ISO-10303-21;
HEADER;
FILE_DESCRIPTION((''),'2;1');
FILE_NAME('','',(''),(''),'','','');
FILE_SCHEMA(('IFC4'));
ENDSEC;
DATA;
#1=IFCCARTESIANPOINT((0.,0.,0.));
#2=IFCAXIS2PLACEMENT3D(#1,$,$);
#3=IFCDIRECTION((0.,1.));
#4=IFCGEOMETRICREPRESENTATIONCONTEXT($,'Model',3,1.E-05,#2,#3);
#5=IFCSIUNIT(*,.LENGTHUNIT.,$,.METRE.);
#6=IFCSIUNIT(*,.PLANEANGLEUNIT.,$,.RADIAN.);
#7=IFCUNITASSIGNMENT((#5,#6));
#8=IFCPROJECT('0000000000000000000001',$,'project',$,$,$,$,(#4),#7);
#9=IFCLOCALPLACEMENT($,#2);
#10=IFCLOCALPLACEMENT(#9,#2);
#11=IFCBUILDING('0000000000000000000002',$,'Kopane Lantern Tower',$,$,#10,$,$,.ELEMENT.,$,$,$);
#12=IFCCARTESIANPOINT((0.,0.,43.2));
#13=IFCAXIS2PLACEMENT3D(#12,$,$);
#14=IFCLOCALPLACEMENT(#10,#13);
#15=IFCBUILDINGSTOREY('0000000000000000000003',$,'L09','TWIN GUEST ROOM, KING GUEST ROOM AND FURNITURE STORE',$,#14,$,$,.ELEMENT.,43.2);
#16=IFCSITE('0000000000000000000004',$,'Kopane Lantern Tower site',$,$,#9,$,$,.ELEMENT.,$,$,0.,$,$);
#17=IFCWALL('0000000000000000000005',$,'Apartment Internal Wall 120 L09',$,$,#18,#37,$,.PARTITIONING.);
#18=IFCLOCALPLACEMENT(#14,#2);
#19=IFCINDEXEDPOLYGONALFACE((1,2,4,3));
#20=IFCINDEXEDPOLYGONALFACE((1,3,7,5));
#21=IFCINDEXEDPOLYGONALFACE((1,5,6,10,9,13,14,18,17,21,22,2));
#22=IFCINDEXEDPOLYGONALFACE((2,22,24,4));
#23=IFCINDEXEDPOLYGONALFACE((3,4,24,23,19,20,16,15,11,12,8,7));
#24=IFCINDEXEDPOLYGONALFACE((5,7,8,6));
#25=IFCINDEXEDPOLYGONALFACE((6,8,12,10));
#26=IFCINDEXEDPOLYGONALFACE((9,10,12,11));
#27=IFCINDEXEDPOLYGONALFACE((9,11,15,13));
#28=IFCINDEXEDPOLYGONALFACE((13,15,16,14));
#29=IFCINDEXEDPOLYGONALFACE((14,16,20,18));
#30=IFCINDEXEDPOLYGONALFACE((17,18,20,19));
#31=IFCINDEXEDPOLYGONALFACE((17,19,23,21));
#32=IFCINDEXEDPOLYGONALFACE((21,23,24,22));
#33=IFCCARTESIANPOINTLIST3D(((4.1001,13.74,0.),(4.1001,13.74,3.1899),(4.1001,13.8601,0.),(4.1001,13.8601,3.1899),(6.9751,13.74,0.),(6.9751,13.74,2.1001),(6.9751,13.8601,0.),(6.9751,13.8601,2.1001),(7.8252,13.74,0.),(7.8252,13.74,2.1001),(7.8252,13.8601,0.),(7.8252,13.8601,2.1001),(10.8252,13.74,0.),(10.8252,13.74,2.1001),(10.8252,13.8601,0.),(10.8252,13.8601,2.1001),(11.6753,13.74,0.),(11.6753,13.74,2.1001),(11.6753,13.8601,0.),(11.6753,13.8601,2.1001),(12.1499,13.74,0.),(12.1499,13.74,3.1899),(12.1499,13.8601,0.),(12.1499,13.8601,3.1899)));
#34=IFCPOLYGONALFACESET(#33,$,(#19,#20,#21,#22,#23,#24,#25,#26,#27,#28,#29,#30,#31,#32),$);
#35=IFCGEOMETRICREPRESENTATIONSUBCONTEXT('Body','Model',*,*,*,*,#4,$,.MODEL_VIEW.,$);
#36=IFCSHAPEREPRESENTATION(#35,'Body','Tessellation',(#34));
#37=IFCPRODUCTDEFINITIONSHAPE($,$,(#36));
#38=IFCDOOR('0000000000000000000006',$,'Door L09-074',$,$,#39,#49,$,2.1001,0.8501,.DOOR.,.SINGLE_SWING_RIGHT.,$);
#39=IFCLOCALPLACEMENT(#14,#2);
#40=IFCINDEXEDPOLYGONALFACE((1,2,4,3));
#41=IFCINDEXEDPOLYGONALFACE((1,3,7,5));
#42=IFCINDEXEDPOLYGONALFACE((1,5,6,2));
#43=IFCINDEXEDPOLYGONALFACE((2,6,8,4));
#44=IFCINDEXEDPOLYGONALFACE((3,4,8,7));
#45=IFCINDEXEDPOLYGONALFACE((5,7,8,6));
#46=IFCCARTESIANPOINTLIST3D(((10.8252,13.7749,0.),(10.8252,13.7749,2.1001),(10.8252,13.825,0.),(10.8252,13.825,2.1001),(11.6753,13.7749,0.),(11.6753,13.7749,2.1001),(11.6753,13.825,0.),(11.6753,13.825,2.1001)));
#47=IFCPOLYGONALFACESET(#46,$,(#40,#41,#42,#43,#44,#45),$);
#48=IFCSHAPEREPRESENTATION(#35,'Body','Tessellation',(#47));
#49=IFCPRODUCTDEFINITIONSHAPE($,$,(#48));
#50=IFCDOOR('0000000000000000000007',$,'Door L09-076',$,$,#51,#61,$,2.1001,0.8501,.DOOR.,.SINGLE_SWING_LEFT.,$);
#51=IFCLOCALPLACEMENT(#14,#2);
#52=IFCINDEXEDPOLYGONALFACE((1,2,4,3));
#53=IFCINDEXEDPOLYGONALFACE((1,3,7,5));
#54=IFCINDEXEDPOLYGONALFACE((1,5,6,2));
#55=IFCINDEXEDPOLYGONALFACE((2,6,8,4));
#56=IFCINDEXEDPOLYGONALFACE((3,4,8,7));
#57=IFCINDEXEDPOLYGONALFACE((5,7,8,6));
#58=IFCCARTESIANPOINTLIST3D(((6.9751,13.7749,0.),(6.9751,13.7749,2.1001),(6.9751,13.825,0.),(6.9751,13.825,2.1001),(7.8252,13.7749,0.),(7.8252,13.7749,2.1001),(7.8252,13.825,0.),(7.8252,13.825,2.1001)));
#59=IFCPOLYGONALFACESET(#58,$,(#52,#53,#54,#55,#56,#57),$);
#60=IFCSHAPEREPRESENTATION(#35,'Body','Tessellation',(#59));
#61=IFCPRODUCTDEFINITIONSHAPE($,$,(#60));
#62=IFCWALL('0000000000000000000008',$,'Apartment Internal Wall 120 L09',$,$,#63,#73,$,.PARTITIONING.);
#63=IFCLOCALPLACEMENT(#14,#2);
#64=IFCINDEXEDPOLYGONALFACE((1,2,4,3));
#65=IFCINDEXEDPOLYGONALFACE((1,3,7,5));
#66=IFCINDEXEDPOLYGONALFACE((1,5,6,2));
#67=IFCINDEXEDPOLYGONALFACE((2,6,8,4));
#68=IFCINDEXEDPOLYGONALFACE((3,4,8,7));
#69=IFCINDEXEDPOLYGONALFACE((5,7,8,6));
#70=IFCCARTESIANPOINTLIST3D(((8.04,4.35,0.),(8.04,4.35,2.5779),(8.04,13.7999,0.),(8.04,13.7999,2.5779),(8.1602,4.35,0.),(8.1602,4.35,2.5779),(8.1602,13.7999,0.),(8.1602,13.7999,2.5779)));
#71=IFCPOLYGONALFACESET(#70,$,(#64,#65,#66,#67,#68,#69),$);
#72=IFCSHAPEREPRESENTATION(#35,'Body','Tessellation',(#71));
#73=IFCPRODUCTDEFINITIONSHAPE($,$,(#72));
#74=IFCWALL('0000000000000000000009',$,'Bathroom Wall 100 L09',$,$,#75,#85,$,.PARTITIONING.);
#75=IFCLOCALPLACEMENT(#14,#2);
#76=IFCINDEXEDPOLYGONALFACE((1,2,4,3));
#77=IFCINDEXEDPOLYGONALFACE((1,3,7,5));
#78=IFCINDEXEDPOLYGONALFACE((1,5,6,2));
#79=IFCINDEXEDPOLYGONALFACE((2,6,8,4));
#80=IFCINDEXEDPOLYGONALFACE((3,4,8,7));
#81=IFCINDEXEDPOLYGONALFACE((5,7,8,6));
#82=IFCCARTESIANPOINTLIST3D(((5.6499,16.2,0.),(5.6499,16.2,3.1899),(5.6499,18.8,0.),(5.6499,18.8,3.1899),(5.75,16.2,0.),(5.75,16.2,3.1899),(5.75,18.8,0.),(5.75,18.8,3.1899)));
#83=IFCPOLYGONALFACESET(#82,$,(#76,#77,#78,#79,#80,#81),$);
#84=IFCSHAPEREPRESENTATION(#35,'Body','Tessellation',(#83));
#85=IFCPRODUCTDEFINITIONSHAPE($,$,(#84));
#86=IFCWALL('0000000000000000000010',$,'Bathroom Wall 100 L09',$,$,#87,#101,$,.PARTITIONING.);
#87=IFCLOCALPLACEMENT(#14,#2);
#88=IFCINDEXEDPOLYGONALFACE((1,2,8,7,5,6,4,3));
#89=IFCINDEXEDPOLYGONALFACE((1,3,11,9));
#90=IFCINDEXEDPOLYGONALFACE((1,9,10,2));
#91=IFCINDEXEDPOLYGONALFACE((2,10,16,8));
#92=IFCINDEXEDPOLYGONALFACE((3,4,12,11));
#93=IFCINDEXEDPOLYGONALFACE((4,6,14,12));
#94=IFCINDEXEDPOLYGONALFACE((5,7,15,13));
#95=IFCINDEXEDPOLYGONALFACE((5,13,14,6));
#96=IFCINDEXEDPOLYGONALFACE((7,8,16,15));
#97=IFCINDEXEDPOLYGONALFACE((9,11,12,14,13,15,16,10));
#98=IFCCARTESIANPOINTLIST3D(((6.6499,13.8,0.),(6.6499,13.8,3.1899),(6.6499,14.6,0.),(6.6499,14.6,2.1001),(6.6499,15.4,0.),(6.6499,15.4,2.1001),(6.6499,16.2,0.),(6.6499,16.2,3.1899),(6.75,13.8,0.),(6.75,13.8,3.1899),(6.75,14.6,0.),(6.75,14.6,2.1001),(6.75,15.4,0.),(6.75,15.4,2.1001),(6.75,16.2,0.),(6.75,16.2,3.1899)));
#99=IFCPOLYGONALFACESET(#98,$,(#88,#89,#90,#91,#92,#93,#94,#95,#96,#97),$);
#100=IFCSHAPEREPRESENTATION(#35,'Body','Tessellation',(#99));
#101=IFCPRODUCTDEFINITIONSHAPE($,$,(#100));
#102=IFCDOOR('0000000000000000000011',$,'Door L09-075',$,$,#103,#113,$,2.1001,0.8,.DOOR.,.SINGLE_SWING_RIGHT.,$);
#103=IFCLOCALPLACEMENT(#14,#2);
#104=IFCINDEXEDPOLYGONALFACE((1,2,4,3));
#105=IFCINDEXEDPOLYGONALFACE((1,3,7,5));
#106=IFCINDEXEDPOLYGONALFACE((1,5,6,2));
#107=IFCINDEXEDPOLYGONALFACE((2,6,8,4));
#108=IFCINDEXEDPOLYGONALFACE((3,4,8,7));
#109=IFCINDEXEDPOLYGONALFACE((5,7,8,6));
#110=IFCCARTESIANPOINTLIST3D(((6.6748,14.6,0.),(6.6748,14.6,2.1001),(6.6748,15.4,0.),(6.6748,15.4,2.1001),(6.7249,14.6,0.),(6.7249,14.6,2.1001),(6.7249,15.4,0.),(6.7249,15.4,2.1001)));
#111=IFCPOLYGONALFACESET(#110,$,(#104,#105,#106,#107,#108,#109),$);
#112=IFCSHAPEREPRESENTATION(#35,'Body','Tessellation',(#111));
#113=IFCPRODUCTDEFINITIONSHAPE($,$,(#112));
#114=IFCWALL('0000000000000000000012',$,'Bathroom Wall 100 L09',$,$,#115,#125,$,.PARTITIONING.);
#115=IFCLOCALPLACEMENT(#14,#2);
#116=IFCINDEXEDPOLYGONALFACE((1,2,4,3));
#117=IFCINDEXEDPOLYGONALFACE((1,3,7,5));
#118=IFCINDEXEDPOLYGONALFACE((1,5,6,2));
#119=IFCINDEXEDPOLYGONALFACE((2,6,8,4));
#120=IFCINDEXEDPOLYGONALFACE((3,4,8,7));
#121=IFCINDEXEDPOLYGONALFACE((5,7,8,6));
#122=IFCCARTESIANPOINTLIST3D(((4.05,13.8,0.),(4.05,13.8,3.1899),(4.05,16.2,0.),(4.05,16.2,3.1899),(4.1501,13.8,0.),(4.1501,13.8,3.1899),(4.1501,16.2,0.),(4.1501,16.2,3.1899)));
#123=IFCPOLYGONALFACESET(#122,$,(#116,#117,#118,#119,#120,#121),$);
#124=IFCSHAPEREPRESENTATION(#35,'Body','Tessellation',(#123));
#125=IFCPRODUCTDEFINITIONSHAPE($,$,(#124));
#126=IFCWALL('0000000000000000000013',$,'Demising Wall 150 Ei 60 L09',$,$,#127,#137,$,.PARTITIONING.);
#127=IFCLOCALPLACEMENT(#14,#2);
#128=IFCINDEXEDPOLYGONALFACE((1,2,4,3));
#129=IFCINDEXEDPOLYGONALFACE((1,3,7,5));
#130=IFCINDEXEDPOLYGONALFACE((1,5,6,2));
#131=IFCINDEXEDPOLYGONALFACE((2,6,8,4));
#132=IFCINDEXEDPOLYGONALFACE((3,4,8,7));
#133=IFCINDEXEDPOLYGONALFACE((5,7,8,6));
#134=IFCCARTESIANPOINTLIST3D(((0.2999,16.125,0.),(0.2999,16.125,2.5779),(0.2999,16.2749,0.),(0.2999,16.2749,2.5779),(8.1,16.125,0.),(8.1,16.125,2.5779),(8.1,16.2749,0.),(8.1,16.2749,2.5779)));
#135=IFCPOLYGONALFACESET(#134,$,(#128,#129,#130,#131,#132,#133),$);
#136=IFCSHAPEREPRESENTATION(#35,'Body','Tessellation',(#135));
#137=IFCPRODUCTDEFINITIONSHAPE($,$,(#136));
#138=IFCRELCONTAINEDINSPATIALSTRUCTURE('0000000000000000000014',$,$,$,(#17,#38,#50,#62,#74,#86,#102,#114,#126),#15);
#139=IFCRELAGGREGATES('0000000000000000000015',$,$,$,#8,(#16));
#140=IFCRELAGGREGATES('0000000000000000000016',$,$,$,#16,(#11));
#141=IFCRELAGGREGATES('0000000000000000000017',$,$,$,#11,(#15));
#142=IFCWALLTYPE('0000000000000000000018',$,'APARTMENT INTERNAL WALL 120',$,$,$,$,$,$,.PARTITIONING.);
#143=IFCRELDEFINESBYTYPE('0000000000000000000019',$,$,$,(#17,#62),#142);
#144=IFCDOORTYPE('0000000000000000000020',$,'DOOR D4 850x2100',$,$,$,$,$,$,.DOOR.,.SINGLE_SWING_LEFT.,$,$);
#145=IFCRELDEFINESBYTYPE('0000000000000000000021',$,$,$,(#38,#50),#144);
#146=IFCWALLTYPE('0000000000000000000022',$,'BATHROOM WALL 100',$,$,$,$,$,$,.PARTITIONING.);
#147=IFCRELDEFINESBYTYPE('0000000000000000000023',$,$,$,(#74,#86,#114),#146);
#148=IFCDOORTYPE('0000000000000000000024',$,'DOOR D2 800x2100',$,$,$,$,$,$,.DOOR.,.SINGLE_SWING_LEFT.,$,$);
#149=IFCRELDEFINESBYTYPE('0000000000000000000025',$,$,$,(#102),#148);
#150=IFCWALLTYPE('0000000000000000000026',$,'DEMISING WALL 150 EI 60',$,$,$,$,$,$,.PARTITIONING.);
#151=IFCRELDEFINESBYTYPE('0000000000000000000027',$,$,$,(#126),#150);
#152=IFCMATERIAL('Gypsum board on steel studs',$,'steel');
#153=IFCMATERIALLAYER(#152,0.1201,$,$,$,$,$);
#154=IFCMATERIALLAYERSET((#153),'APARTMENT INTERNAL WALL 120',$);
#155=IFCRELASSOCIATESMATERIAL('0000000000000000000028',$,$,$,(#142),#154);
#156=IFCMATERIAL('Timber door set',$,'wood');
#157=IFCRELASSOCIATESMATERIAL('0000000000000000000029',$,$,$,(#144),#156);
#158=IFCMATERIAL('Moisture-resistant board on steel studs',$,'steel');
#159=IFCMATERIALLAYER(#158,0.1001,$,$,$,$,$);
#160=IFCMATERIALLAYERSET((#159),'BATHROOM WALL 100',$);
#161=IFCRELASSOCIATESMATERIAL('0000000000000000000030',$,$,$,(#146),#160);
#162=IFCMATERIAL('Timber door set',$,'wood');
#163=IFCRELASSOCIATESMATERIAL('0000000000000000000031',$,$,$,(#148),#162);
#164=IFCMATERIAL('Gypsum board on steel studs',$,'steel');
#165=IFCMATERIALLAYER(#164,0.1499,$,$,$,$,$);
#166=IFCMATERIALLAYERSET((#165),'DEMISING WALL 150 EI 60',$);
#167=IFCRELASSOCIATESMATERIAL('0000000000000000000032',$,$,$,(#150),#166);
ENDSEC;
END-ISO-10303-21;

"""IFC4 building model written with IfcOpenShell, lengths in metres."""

from ifc_helpers import new_model, si_unit, direction, frame, frame_2d, origin, place, context, subcontext, project, spatial, rectangle, extrude, material, layer, layer_set, type_object, element, fill, save


model = new_model("IFC4")

# Units and contexts
model_context = context("Model", 3, precision=1e-05, world=origin(), true_north=direction((0.0, 1.0)))
body_context = subcontext(model_context, "Body", "Model", "MODEL_VIEW")
ifc_project = project(units=[si_unit("LENGTHUNIT", "METRE"), si_unit("PLANEANGLEUNIT", "RADIAN")], contexts=[model_context])

# Site, building, storey
site_placement = place(None, origin())
site = spatial("IfcSite", under=ifc_project, at=site_placement, Name="Kopane Lantern Tower site", CompositionType="ELEMENT", RefElevation=0.0)
building_placement = place(site_placement, origin())
building = spatial("IfcBuilding", under=site, at=building_placement, Name="Kopane Lantern Tower", CompositionType="ELEMENT")
storey_placement = place(building_placement, frame((0.0, 0.0, 43.2)))
storey = spatial("IfcBuildingStorey", under=building, at=storey_placement, Name="L09", Description="TWIN GUEST ROOM, KING GUEST ROOM AND FURNITURE STORE", CompositionType="ELEMENT", Elevation=43.2)

# Wall, openings, doors
ifc_material_1 = material(Name="Gypsum board on steel studs", Category="steel")
ifc_layer_1 = layer(ifc_material_1, 0.1201)
ifc_layer_set_1 = layer_set([ifc_layer_1], Name="APARTMENT INTERNAL WALL 120")
wall_type_1 = type_object("IfcWallType", Name="APARTMENT INTERNAL WALL 120", PredefinedType="PARTITIONING", material=ifc_layer_set_1)
wall_1_placement = place(storey_placement, frame((4.1001, 13.8, 0.0), z_axis=(0.0, 0.0, 1.0), x_axis=(1.0, 0.0, 0.0)))
wall_1 = element("IfcWall", 1, at=wall_1_placement, inside=storey, type_object=wall_type_1, Name="Apartment Internal Wall 120 L09", PredefinedType="PARTITIONING", context=body_context, shape_type="SweptSolid", body=[
    extrude(rectangle(XDim=8.0498, YDim=0.1201, at=frame_2d((4.0249, 0.0))), origin(), (0.0, 0.0, 1.0), 3.1899),
])
opening_1_placement = place(wall_1_placement, frame((6.7251, 0.0, 0.0)))
opening_1 = element("IfcOpeningElement", 2, at=opening_1_placement, cuts=wall_1, PredefinedType="OPENING", context=body_context, shape_type="SweptSolid", body=[
    extrude(rectangle(XDim=0.8501, YDim=2.1001, at=frame_2d((0.425, 1.05))), frame((0.0, 0.0701, 0.0), z_axis=(0.0, -1.0, 0.0), x_axis=(1.0, 0.0, 0.0)), (0.0, 0.0, 1.0), 0.1401),
])
opening_2_placement = place(wall_1_placement, frame((2.875, 0.0, 0.0)))
opening_2 = element("IfcOpeningElement", 3, at=opening_2_placement, cuts=wall_1, PredefinedType="OPENING", context=body_context, shape_type="SweptSolid", body=[
    extrude(rectangle(XDim=0.8501, YDim=2.1001, at=frame_2d((0.425, 1.05))), frame((0.0, 0.0701, 0.0), z_axis=(0.0, -1.0, 0.0), x_axis=(1.0, 0.0, 0.0)), (0.0, 0.0, 1.0), 0.1401),
])
ifc_material_2 = material(Name="Timber door set", Category="wood")
door_type_1 = type_object("IfcDoorType", Name="DOOR D4 850x2100", OperationType="SINGLE_SWING_LEFT", PredefinedType="DOOR", material=ifc_material_2)
door_1_placement = place(opening_1_placement, origin())
door_1 = element("IfcDoor", 4, at=door_1_placement, inside=storey, type_object=door_type_1, Name="Door L09-074", OperationType="SINGLE_SWING_RIGHT", OverallHeight=2.1001, OverallWidth=0.8501, PredefinedType="DOOR", context=body_context, shape_type="SweptSolid", body=[
    extrude(rectangle(XDim=0.8501, YDim=2.1001, at=frame_2d((0.425, 1.05))), frame((0.0, 0.0249, 0.0), z_axis=(0.0, -1.0, 0.0), x_axis=(1.0, 0.0, 0.0)), (0.0, 0.0, 1.0), 0.05),
])
fill(opening_1, door_1)
door_2_placement = place(opening_2_placement, origin())
door_2 = element("IfcDoor", 5, at=door_2_placement, inside=storey, type_object=door_type_1, Name="Door L09-076", OperationType="SINGLE_SWING_LEFT", OverallHeight=2.1001, OverallWidth=0.8501, PredefinedType="DOOR", context=body_context, shape_type="SweptSolid", body=[
    extrude(rectangle(XDim=0.8501, YDim=2.1001, at=frame_2d((0.425, 1.05))), frame((0.0, 0.0249, 0.0), z_axis=(0.0, -1.0, 0.0), x_axis=(1.0, 0.0, 0.0)), (0.0, 0.0, 1.0), 0.05),
])
fill(opening_2, door_2)

# Walls
wall_2_placement = place(storey_placement, frame((8.1001, 13.8, 0.0), z_axis=(0.0, 0.0, 1.0), x_axis=(0.0, -1.0, 0.0)))
element("IfcWall", 6, at=wall_2_placement, inside=storey, type_object=wall_type_1, Name="Apartment Internal Wall 120 L09", PredefinedType="PARTITIONING", context=body_context, shape_type="SweptSolid", body=[
    extrude(rectangle(XDim=9.45, YDim=0.1201, at=frame_2d((4.7251, 0.0))), origin(), (0.0, 0.0, 1.0), 2.5779),
])
ifc_material_3 = material(Name="Moisture-resistant board on steel studs", Category="steel")
ifc_layer_2 = layer(ifc_material_3, 0.1001)
ifc_layer_set_2 = layer_set([ifc_layer_2], Name="BATHROOM WALL 100")
wall_type_2 = type_object("IfcWallType", Name="BATHROOM WALL 100", PredefinedType="PARTITIONING", material=ifc_layer_set_2)
wall_3_placement = place(storey_placement, frame((5.7, 16.2, 0.0), z_axis=(0.0, 0.0, 1.0), x_axis=(0.0, 1.0, 0.0)))
element("IfcWall", 7, at=wall_3_placement, inside=storey, type_object=wall_type_2, Name="Bathroom Wall 100 L09", PredefinedType="PARTITIONING", context=body_context, shape_type="SweptSolid", body=[
    extrude(rectangle(XDim=2.6001, YDim=0.1001, at=frame_2d((1.3, 0.0))), origin(), (0.0, 0.0, 1.0), 3.1899),
])

# Wall, opening, door
wall_4_placement = place(storey_placement, frame((6.7, 16.2, 0.0), z_axis=(0.0, 0.0, 1.0), x_axis=(0.0, -1.0, 0.0)))
wall_4 = element("IfcWall", 8, at=wall_4_placement, inside=storey, type_object=wall_type_2, Name="Bathroom Wall 100 L09", PredefinedType="PARTITIONING", context=body_context, shape_type="SweptSolid", body=[
    extrude(rectangle(XDim=2.3999, YDim=0.1001, at=frame_2d((1.2, 0.0))), origin(), (0.0, 0.0, 1.0), 3.1899),
])
opening_3_placement = place(wall_4_placement, frame((0.8, 0.0, 0.0)))
opening_3 = element("IfcOpeningElement", 9, at=opening_3_placement, cuts=wall_4, PredefinedType="OPENING", context=body_context, shape_type="SweptSolid", body=[
    extrude(rectangle(XDim=0.8, YDim=2.1001, at=frame_2d((0.3999, 1.05))), frame((0.0, 0.0601, 0.0), z_axis=(0.0, -1.0, 0.0), x_axis=(1.0, 0.0, 0.0)), (0.0, 0.0, 1.0), 0.1201),
])
ifc_material_4 = material(Name="Timber door set", Category="wood")
door_type_2 = type_object("IfcDoorType", Name="DOOR D2 800x2100", OperationType="SINGLE_SWING_LEFT", PredefinedType="DOOR", material=ifc_material_4)
door_3_placement = place(opening_3_placement, origin())
door_3 = element("IfcDoor", 10, at=door_3_placement, inside=storey, type_object=door_type_2, Name="Door L09-075", OperationType="SINGLE_SWING_RIGHT", OverallHeight=2.1001, OverallWidth=0.8, PredefinedType="DOOR", context=body_context, shape_type="SweptSolid", body=[
    extrude(rectangle(XDim=0.8, YDim=2.1001, at=frame_2d((0.3999, 1.05))), frame((0.0, 0.0249, 0.0), z_axis=(0.0, -1.0, 0.0), x_axis=(1.0, 0.0, 0.0)), (0.0, 0.0, 1.0), 0.05),
])
fill(opening_3, door_3)

# Walls
wall_5_placement = place(storey_placement, frame((4.1001, 16.2, 0.0), z_axis=(0.0, 0.0, 1.0), x_axis=(0.0, -1.0, 0.0)))
element("IfcWall", 11, at=wall_5_placement, inside=storey, type_object=wall_type_2, Name="Bathroom Wall 100 L09", PredefinedType="PARTITIONING", context=body_context, shape_type="SweptSolid", body=[
    extrude(rectangle(XDim=2.3999, YDim=0.1001, at=frame_2d((1.2, 0.0))), origin(), (0.0, 0.0, 1.0), 3.1899),
])
ifc_material_5 = material(Name="Gypsum board on steel studs", Category="steel")
ifc_layer_3 = layer(ifc_material_5, 0.1499)
ifc_layer_set_3 = layer_set([ifc_layer_3], Name="DEMISING WALL 150 EI 60")
wall_type_3 = type_object("IfcWallType", Name="DEMISING WALL 150 EI 60", PredefinedType="PARTITIONING", material=ifc_layer_set_3)
wall_6_placement = place(storey_placement, frame((0.3, 16.2, 0.0), z_axis=(0.0, 0.0, 1.0), x_axis=(1.0, 0.0, 0.0)))
element("IfcWall", 12, at=wall_6_placement, inside=storey, type_object=wall_type_3, Name="Demising Wall 150 Ei 60 L09", PredefinedType="PARTITIONING", context=body_context, shape_type="SweptSolid", body=[
    extrude(rectangle(XDim=7.8, YDim=0.1499, at=frame_2d((3.8999, 0.0))), origin(), (0.0, 0.0, 1.0), 2.5779),
])

save(model, "model.ifc")
